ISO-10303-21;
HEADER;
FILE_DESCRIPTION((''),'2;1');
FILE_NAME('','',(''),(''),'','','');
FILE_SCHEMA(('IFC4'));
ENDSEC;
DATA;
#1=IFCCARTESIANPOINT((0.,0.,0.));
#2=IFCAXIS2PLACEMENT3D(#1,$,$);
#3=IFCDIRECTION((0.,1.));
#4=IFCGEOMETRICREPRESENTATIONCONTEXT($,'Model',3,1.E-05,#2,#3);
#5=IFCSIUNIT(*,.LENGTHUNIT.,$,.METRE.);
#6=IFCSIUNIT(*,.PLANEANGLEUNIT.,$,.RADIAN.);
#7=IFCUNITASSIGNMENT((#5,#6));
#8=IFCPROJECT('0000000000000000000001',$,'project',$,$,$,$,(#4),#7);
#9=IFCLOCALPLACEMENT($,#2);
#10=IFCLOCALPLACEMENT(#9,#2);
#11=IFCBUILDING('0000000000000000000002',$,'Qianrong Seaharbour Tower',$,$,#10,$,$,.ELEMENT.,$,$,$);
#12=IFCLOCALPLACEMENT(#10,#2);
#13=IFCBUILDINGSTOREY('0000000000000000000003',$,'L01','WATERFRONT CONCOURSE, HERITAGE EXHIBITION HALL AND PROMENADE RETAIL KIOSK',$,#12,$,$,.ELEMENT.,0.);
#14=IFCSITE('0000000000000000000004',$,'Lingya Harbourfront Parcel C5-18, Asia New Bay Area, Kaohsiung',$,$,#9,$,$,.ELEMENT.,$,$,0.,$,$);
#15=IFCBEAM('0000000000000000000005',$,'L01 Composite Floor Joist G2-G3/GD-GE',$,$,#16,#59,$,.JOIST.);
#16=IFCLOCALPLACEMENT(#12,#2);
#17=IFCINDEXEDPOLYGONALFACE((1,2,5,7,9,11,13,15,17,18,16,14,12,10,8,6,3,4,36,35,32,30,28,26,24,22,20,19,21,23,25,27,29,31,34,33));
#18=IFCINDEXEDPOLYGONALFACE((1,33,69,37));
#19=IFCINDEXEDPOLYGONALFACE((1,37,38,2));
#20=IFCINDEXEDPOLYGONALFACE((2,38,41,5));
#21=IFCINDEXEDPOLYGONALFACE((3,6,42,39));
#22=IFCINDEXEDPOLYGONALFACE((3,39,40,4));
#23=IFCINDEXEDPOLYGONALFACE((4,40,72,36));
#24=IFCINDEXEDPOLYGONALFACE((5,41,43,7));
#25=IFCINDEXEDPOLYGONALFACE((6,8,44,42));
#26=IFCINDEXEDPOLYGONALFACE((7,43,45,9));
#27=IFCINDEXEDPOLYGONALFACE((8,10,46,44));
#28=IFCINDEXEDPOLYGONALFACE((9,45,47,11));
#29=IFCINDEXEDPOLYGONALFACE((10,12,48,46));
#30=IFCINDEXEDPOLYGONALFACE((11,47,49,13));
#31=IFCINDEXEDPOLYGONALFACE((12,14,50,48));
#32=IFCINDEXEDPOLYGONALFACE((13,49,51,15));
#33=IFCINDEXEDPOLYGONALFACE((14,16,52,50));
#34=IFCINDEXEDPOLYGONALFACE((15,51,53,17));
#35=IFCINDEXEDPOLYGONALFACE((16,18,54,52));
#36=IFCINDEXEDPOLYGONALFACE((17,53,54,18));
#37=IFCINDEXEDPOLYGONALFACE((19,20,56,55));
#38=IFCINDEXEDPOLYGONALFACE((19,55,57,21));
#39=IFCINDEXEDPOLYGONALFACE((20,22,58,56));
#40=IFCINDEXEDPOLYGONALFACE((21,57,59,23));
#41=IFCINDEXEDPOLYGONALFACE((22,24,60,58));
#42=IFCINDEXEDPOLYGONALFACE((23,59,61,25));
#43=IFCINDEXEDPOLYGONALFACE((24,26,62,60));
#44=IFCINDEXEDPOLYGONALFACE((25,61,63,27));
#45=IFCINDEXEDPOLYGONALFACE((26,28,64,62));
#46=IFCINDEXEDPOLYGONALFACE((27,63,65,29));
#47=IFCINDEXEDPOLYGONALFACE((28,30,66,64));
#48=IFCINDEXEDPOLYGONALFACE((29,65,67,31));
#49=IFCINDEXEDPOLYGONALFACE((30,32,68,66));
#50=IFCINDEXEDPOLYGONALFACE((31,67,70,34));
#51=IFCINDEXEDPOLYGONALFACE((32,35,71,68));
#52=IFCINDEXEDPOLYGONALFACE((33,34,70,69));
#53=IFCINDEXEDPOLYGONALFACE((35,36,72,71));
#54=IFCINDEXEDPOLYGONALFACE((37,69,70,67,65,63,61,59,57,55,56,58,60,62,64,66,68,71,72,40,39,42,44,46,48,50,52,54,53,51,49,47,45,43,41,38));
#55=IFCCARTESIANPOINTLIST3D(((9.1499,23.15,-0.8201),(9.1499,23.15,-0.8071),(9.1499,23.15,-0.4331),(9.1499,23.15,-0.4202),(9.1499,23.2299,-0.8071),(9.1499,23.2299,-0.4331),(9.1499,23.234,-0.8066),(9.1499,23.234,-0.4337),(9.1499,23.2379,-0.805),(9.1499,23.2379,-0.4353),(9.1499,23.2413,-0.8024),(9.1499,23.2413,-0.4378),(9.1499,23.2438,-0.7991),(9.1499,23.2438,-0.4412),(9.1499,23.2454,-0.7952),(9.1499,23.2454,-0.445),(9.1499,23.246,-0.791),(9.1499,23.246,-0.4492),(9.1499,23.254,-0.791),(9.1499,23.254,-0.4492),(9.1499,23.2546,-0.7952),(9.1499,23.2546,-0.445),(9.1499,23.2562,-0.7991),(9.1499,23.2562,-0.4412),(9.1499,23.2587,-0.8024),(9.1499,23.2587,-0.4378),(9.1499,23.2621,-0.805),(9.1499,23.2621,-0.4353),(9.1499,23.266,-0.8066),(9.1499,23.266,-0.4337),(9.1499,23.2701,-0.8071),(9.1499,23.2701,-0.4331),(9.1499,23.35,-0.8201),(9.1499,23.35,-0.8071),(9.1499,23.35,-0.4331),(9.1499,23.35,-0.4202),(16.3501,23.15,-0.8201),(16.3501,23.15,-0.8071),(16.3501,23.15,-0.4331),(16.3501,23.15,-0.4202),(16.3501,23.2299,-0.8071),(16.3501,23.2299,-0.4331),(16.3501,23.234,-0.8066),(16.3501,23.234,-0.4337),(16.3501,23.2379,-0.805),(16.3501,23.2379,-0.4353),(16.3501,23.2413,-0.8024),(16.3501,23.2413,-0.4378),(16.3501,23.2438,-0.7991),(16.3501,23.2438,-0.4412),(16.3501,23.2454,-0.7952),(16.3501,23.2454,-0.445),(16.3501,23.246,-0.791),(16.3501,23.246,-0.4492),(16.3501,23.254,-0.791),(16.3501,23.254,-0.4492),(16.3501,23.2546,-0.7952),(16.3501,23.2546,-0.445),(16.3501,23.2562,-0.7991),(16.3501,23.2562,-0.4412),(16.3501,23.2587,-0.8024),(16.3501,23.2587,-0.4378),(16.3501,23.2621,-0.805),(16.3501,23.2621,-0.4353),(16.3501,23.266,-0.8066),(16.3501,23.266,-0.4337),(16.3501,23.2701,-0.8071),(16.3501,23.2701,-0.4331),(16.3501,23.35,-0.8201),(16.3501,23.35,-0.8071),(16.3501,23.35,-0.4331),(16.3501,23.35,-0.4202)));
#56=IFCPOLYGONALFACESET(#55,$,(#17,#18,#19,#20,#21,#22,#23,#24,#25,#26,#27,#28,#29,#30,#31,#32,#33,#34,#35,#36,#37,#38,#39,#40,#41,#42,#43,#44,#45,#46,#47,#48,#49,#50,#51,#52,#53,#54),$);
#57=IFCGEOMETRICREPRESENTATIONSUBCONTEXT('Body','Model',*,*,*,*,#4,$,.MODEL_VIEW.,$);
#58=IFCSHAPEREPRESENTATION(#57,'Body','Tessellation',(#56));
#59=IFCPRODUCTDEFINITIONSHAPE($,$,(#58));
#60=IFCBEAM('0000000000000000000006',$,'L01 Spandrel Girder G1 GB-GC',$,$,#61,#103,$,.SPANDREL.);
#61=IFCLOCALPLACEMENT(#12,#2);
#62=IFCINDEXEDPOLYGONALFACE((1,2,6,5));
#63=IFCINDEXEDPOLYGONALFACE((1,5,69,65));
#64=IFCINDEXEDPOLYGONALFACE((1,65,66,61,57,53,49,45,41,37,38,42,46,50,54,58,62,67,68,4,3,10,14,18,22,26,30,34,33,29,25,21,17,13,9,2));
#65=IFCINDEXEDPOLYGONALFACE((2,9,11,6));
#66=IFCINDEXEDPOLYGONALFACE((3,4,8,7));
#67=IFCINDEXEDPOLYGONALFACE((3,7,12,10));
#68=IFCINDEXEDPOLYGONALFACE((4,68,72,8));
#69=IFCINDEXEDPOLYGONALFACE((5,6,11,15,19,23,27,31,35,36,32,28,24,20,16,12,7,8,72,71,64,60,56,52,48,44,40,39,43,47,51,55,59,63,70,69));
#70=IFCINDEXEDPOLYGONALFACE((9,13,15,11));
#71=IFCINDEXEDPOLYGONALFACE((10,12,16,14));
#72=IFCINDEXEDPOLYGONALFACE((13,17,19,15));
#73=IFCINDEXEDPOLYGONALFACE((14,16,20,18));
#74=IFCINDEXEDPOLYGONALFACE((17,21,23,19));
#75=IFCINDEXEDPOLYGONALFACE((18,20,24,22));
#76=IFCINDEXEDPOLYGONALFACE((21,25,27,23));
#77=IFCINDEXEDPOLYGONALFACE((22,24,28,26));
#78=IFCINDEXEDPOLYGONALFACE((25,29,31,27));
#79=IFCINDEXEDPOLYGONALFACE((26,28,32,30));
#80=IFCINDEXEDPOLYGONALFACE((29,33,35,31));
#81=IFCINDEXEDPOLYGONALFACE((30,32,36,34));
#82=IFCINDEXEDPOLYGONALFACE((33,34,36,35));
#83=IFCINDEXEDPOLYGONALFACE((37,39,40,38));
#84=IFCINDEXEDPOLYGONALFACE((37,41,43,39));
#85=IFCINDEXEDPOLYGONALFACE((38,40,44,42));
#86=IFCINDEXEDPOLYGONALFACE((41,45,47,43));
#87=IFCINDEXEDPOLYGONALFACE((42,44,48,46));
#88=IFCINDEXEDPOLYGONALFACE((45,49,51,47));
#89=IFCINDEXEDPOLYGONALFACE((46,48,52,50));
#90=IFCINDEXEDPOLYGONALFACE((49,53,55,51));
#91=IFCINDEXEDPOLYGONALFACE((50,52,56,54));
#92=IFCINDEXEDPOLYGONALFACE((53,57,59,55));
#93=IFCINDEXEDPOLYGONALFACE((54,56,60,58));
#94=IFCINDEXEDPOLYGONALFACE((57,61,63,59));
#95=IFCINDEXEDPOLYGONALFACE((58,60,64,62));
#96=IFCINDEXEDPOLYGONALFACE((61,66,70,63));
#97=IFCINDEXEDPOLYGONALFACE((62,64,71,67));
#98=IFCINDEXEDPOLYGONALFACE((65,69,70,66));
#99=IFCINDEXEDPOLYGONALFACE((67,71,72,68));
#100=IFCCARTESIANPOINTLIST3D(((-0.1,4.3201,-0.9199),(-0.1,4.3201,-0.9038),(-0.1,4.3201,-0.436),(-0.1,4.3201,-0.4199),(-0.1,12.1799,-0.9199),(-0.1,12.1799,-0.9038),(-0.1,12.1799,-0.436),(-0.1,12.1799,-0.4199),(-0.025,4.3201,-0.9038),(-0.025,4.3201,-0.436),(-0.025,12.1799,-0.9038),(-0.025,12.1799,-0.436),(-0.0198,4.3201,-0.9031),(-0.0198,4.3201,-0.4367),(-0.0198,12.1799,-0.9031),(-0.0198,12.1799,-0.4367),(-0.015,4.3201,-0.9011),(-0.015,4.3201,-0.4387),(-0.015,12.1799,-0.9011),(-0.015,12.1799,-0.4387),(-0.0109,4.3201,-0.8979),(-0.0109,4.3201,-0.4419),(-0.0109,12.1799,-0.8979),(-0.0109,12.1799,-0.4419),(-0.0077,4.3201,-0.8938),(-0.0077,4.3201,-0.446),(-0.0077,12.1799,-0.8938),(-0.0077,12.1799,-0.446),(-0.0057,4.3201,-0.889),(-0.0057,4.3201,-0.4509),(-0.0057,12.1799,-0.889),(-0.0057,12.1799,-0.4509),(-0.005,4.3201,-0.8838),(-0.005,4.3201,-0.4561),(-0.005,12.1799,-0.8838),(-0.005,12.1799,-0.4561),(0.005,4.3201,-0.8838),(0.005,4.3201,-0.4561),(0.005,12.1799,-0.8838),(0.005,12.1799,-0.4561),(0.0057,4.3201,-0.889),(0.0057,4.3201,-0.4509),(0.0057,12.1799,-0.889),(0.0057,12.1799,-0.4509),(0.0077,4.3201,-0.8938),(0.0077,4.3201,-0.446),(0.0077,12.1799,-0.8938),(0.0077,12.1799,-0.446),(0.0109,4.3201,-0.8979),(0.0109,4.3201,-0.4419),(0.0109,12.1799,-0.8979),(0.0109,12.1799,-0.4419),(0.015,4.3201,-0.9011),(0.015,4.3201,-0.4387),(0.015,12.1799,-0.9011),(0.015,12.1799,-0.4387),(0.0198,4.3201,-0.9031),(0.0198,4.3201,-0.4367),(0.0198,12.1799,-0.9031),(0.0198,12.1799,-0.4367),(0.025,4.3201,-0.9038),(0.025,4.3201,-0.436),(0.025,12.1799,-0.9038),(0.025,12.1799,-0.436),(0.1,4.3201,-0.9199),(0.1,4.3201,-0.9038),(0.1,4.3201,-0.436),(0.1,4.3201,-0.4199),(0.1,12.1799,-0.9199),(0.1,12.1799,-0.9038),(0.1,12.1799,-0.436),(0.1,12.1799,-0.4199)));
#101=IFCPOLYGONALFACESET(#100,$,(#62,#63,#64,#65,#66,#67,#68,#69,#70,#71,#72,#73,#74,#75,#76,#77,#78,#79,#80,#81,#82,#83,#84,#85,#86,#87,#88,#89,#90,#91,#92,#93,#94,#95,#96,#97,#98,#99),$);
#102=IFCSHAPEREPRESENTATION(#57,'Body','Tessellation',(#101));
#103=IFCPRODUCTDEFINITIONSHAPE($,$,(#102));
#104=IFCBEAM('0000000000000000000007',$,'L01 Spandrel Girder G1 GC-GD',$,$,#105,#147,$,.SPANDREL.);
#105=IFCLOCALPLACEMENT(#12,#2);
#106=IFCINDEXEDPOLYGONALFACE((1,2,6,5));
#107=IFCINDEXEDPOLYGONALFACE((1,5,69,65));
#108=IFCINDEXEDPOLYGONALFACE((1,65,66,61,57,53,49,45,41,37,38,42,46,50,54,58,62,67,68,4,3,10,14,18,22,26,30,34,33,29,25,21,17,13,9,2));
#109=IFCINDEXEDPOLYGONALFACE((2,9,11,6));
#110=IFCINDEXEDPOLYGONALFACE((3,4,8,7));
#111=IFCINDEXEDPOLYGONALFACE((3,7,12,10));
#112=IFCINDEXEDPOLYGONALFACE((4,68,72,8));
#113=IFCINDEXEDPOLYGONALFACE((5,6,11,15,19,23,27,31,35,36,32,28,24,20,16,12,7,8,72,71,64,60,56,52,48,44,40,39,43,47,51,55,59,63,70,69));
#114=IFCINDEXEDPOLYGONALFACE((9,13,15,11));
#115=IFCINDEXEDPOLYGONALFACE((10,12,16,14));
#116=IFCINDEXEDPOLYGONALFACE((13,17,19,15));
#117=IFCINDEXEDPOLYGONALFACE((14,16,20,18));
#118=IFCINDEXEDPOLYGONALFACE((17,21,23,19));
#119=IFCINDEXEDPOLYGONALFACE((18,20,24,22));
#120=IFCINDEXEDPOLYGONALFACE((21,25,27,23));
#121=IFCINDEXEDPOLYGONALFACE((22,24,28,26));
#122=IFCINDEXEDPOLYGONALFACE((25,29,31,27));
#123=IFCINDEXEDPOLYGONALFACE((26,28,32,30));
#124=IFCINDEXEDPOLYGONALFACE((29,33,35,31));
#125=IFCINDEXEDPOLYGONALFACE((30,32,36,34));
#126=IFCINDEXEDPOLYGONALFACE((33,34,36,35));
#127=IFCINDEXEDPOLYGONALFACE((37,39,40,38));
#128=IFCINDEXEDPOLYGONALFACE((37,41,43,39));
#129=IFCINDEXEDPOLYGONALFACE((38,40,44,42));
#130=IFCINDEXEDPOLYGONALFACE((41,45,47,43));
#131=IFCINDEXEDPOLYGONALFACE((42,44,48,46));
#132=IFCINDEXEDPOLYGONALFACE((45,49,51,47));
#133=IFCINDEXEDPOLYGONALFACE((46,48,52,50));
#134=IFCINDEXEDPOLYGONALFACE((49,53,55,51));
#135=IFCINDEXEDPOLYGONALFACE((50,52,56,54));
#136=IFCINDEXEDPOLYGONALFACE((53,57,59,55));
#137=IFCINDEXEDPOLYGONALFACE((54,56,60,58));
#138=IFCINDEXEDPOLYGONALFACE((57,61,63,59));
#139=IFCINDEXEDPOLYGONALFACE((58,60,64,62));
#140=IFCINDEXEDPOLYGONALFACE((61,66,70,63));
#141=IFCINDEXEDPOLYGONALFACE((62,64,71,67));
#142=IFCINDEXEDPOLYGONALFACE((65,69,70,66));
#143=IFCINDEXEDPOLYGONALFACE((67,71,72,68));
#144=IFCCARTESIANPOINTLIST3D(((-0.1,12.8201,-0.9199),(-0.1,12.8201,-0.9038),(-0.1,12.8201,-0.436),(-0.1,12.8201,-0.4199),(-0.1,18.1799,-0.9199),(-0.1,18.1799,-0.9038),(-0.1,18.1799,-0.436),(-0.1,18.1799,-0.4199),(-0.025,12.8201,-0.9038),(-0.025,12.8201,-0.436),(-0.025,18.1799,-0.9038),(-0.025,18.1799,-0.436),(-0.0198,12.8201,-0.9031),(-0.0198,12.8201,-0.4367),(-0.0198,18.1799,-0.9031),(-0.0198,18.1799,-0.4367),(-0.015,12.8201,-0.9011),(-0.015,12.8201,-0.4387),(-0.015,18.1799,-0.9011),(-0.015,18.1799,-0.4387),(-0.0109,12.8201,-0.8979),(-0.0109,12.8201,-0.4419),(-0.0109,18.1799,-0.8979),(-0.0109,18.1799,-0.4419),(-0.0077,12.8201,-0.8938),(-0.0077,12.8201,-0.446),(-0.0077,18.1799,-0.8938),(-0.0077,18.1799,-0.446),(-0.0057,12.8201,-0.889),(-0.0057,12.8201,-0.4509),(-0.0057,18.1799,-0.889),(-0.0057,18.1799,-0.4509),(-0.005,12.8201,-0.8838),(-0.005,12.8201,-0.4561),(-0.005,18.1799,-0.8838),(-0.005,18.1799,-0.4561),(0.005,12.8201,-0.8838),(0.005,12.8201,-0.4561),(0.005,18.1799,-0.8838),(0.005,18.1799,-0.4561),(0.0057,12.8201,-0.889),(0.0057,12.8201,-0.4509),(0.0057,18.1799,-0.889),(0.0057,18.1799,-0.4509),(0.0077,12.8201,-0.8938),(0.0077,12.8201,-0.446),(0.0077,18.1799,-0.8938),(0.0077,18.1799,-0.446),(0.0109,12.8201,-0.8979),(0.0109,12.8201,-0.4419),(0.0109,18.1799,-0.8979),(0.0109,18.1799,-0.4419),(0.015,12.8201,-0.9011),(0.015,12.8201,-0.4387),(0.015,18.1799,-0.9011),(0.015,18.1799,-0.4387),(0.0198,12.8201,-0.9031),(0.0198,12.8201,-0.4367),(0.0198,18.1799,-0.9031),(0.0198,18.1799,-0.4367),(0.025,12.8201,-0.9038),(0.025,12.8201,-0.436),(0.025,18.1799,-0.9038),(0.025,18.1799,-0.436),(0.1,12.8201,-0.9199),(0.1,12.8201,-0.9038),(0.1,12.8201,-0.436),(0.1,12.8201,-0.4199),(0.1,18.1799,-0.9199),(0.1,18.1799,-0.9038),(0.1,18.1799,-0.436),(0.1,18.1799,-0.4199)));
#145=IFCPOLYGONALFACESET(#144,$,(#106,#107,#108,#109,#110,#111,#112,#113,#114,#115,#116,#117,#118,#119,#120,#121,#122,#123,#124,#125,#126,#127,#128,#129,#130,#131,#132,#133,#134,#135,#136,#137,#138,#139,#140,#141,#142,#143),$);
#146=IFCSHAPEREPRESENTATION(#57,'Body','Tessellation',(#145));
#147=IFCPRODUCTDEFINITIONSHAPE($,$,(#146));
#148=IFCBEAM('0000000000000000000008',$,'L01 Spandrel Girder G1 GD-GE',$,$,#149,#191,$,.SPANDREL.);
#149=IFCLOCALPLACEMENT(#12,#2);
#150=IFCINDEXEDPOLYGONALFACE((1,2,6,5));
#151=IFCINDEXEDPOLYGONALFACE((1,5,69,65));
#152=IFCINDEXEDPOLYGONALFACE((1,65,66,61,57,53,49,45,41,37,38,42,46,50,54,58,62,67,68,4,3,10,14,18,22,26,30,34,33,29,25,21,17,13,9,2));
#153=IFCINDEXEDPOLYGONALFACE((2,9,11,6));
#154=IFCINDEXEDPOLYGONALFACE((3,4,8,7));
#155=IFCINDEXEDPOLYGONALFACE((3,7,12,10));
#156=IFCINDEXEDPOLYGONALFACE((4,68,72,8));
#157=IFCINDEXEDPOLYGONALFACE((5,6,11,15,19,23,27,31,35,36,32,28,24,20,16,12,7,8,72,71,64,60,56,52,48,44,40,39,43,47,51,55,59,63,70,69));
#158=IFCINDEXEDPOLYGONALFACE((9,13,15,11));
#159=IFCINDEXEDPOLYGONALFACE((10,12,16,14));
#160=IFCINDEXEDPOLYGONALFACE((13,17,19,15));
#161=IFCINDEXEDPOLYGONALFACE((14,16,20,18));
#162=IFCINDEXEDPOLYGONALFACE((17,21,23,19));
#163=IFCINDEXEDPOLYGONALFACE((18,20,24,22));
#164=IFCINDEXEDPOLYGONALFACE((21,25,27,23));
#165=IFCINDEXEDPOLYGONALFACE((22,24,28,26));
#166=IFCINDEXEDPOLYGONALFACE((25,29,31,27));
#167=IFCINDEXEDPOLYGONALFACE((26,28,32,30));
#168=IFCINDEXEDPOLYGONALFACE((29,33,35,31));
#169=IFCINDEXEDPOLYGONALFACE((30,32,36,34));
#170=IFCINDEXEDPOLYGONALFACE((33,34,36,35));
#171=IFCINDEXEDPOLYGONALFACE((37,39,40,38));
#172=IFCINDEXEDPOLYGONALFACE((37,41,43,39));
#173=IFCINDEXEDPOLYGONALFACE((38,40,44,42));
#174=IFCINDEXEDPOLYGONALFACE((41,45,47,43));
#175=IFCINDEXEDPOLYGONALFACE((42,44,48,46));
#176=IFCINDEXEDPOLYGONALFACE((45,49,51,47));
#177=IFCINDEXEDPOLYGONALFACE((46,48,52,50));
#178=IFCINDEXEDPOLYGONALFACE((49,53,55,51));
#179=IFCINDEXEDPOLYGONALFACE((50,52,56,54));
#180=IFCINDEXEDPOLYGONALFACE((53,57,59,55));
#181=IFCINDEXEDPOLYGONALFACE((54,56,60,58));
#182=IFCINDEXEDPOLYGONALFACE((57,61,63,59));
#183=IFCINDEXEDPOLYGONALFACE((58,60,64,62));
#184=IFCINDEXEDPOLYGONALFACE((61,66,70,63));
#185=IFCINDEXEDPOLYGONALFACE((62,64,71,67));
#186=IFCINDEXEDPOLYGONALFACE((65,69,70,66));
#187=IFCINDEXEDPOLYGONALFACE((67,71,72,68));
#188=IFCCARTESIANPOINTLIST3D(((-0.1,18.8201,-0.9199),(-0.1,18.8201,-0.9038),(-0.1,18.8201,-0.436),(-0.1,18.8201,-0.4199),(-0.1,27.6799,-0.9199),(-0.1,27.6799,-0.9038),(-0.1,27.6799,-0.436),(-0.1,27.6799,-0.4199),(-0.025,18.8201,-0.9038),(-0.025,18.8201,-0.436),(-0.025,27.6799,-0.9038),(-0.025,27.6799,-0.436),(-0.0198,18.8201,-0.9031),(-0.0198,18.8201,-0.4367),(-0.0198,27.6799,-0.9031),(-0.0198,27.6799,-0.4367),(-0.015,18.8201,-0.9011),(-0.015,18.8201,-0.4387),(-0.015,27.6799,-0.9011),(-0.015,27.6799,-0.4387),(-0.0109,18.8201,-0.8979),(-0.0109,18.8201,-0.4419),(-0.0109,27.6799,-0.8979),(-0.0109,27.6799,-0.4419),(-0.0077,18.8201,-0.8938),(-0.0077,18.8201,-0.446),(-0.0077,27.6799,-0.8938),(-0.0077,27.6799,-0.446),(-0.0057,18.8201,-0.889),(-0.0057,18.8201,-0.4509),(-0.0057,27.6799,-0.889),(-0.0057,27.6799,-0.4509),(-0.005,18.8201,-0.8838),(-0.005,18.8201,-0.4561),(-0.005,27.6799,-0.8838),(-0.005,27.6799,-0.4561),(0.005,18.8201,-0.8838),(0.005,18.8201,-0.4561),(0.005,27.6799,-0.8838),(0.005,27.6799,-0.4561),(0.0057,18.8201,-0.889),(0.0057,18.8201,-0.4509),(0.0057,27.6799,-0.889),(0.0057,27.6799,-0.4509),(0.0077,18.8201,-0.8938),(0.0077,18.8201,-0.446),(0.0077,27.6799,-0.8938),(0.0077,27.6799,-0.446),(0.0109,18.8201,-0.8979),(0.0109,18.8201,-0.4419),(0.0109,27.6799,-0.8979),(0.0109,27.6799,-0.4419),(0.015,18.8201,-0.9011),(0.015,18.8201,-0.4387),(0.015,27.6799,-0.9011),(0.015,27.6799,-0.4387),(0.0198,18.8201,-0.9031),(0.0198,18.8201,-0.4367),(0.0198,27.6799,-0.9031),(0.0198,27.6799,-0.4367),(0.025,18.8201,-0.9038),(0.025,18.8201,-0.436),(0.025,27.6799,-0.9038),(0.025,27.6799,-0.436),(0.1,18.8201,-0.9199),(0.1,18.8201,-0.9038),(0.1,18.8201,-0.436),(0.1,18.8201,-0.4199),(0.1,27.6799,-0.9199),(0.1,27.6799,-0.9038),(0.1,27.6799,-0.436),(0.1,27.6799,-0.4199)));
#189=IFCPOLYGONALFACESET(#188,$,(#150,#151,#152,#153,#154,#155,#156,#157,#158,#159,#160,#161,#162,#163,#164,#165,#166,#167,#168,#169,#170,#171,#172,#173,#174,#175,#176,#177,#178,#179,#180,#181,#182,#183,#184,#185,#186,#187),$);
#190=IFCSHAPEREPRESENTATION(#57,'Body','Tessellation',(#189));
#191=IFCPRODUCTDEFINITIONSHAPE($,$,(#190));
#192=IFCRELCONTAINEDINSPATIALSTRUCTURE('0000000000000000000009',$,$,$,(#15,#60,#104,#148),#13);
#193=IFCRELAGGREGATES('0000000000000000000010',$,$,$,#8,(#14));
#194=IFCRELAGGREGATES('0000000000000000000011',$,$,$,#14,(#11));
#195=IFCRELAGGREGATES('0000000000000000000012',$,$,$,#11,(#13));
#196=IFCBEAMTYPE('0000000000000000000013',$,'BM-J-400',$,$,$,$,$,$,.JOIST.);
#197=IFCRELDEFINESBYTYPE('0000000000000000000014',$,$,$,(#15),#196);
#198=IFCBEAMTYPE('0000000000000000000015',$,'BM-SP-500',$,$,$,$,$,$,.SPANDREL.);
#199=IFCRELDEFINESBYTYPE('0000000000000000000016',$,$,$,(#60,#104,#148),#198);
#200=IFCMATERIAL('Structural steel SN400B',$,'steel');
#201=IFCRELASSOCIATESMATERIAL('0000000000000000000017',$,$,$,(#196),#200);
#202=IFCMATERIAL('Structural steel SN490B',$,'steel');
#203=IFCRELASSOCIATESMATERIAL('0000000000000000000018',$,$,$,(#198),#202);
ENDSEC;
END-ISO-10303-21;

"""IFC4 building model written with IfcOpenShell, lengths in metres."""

from ifc_helpers import new_model, si_unit, direction, frame, origin, origin_2d, place, context, subcontext, project, spatial, i_section, extrude, material, material_profile, profile_set, type_object, element, save


model = new_model("IFC4")

# Units and contexts
model_context = context("Model", 3, precision=1e-05, world=origin(), true_north=direction((0.0, 1.0)))
body_context = subcontext(model_context, "Body", "Model", "MODEL_VIEW")
ifc_project = project(units=[si_unit("LENGTHUNIT", "METRE"), si_unit("PLANEANGLEUNIT", "RADIAN")], contexts=[model_context])

# Site, building, storey
site_placement = place(None, origin())
site = spatial("IfcSite", under=ifc_project, at=site_placement, Name="Lingya Harbourfront Parcel C5-18, Asia New Bay Area, Kaohsiung", CompositionType="ELEMENT", RefElevation=0.0)
building_placement = place(site_placement, origin())
building = spatial("IfcBuilding", under=site, at=building_placement, Name="Qianrong Seaharbour Tower", CompositionType="ELEMENT")
storey_placement = place(building_placement, origin())
storey = spatial("IfcBuildingStorey", under=building, at=storey_placement, Name="L01", Description="WATERFRONT CONCOURSE, HERITAGE EXHIBITION HALL AND PROMENADE RETAIL KIOSK", CompositionType="ELEMENT", Elevation=0.0)

# Shared definitions
ifc_material_1 = material(Name="Structural steel SN490B", Category="steel")

# Beams
ifc_material_2 = material(Name="Structural steel SN400B", Category="steel")
ifc_material_profile_1 = material_profile(ifc_material_2, i_section(OverallWidth=0.2, OverallDepth=0.3999, WebThickness=0.0081, FlangeThickness=0.0129, FilletRadius=0.0161, at=origin_2d()), Name="H400x200x8x13")
ifc_profile_set_1 = profile_set([ifc_material_profile_1], Name="Structural steel SN400B")
beam_type_1 = type_object("IfcBeamType", Name="BM-J-400", PredefinedType="JOIST", material=ifc_profile_set_1)
beam_1_placement = place(storey_placement, frame((9.1499, 23.25, -0.6201), z_axis=(1.0, 0.0, 0.0), x_axis=(0.0, 1.0, 0.0)))
element("IfcBeam", 1, at=beam_1_placement, inside=storey, type_object=beam_type_1, Name="L01 Composite Floor Joist G2-G3/GD-GE", PredefinedType="JOIST", context=body_context, shape_type="SweptSolid", body=[
    extrude(i_section(OverallWidth=0.2, OverallDepth=0.3999, WebThickness=0.0081, FlangeThickness=0.0129, FilletRadius=0.0161, at=origin_2d()), origin(), (0.0, 0.0, 1.0), 7.2002),
])
ifc_material_profile_2 = material_profile(ifc_material_1, i_section(OverallWidth=0.2, OverallDepth=0.5, WebThickness=0.01, FlangeThickness=0.0161, FilletRadius=0.02, at=origin_2d()), Name="H500x200x10x16")
ifc_profile_set_2 = profile_set([ifc_material_profile_2], Name="Structural steel SN490B")
beam_type_2 = type_object("IfcBeamType", Name="BM-SP-500", PredefinedType="SPANDREL", material=ifc_profile_set_2)
beam_2_placement = place(storey_placement, frame((0.0, 4.3201, -0.6699), z_axis=(0.0, 1.0, 0.0), x_axis=(-1.0, 0.0, 0.0)))
element("IfcBeam", 2, at=beam_2_placement, inside=storey, type_object=beam_type_2, Name="L01 Spandrel Girder G1 GB-GC", PredefinedType="SPANDREL", context=body_context, shape_type="SweptSolid", body=[
    extrude(i_section(OverallWidth=0.2, OverallDepth=0.5, WebThickness=0.01, FlangeThickness=0.0161, FilletRadius=0.02, at=origin_2d()), origin(), (0.0, 0.0, 1.0), 7.8599),
])
beam_3_placement = place(storey_placement, frame((0.0, 12.8201, -0.6699), z_axis=(0.0, 1.0, 0.0), x_axis=(-1.0, 0.0, 0.0)))
element("IfcBeam", 3, at=beam_3_placement, inside=storey, type_object=beam_type_2, Name="L01 Spandrel Girder G1 GC-GD", PredefinedType="SPANDREL", context=body_context, shape_type="SweptSolid", body=[
    extrude(i_section(OverallWidth=0.2, OverallDepth=0.5, WebThickness=0.01, FlangeThickness=0.0161, FilletRadius=0.02, at=origin_2d()), origin(), (0.0, 0.0, 1.0), 5.3599),
])
beam_4_placement = place(storey_placement, frame((0.0, 18.8201, -0.6699), z_axis=(0.0, 1.0, 0.0), x_axis=(-1.0, 0.0, 0.0)))
element("IfcBeam", 4, at=beam_4_placement, inside=storey, type_object=beam_type_2, Name="L01 Spandrel Girder G1 GD-GE", PredefinedType="SPANDREL", context=body_context, shape_type="SweptSolid", body=[
    extrude(i_section(OverallWidth=0.2, OverallDepth=0.5, WebThickness=0.01, FlangeThickness=0.0161, FilletRadius=0.02, at=origin_2d()), origin(), (0.0, 0.0, 1.0), 8.8599),
])

save(model, "model.ifc")
